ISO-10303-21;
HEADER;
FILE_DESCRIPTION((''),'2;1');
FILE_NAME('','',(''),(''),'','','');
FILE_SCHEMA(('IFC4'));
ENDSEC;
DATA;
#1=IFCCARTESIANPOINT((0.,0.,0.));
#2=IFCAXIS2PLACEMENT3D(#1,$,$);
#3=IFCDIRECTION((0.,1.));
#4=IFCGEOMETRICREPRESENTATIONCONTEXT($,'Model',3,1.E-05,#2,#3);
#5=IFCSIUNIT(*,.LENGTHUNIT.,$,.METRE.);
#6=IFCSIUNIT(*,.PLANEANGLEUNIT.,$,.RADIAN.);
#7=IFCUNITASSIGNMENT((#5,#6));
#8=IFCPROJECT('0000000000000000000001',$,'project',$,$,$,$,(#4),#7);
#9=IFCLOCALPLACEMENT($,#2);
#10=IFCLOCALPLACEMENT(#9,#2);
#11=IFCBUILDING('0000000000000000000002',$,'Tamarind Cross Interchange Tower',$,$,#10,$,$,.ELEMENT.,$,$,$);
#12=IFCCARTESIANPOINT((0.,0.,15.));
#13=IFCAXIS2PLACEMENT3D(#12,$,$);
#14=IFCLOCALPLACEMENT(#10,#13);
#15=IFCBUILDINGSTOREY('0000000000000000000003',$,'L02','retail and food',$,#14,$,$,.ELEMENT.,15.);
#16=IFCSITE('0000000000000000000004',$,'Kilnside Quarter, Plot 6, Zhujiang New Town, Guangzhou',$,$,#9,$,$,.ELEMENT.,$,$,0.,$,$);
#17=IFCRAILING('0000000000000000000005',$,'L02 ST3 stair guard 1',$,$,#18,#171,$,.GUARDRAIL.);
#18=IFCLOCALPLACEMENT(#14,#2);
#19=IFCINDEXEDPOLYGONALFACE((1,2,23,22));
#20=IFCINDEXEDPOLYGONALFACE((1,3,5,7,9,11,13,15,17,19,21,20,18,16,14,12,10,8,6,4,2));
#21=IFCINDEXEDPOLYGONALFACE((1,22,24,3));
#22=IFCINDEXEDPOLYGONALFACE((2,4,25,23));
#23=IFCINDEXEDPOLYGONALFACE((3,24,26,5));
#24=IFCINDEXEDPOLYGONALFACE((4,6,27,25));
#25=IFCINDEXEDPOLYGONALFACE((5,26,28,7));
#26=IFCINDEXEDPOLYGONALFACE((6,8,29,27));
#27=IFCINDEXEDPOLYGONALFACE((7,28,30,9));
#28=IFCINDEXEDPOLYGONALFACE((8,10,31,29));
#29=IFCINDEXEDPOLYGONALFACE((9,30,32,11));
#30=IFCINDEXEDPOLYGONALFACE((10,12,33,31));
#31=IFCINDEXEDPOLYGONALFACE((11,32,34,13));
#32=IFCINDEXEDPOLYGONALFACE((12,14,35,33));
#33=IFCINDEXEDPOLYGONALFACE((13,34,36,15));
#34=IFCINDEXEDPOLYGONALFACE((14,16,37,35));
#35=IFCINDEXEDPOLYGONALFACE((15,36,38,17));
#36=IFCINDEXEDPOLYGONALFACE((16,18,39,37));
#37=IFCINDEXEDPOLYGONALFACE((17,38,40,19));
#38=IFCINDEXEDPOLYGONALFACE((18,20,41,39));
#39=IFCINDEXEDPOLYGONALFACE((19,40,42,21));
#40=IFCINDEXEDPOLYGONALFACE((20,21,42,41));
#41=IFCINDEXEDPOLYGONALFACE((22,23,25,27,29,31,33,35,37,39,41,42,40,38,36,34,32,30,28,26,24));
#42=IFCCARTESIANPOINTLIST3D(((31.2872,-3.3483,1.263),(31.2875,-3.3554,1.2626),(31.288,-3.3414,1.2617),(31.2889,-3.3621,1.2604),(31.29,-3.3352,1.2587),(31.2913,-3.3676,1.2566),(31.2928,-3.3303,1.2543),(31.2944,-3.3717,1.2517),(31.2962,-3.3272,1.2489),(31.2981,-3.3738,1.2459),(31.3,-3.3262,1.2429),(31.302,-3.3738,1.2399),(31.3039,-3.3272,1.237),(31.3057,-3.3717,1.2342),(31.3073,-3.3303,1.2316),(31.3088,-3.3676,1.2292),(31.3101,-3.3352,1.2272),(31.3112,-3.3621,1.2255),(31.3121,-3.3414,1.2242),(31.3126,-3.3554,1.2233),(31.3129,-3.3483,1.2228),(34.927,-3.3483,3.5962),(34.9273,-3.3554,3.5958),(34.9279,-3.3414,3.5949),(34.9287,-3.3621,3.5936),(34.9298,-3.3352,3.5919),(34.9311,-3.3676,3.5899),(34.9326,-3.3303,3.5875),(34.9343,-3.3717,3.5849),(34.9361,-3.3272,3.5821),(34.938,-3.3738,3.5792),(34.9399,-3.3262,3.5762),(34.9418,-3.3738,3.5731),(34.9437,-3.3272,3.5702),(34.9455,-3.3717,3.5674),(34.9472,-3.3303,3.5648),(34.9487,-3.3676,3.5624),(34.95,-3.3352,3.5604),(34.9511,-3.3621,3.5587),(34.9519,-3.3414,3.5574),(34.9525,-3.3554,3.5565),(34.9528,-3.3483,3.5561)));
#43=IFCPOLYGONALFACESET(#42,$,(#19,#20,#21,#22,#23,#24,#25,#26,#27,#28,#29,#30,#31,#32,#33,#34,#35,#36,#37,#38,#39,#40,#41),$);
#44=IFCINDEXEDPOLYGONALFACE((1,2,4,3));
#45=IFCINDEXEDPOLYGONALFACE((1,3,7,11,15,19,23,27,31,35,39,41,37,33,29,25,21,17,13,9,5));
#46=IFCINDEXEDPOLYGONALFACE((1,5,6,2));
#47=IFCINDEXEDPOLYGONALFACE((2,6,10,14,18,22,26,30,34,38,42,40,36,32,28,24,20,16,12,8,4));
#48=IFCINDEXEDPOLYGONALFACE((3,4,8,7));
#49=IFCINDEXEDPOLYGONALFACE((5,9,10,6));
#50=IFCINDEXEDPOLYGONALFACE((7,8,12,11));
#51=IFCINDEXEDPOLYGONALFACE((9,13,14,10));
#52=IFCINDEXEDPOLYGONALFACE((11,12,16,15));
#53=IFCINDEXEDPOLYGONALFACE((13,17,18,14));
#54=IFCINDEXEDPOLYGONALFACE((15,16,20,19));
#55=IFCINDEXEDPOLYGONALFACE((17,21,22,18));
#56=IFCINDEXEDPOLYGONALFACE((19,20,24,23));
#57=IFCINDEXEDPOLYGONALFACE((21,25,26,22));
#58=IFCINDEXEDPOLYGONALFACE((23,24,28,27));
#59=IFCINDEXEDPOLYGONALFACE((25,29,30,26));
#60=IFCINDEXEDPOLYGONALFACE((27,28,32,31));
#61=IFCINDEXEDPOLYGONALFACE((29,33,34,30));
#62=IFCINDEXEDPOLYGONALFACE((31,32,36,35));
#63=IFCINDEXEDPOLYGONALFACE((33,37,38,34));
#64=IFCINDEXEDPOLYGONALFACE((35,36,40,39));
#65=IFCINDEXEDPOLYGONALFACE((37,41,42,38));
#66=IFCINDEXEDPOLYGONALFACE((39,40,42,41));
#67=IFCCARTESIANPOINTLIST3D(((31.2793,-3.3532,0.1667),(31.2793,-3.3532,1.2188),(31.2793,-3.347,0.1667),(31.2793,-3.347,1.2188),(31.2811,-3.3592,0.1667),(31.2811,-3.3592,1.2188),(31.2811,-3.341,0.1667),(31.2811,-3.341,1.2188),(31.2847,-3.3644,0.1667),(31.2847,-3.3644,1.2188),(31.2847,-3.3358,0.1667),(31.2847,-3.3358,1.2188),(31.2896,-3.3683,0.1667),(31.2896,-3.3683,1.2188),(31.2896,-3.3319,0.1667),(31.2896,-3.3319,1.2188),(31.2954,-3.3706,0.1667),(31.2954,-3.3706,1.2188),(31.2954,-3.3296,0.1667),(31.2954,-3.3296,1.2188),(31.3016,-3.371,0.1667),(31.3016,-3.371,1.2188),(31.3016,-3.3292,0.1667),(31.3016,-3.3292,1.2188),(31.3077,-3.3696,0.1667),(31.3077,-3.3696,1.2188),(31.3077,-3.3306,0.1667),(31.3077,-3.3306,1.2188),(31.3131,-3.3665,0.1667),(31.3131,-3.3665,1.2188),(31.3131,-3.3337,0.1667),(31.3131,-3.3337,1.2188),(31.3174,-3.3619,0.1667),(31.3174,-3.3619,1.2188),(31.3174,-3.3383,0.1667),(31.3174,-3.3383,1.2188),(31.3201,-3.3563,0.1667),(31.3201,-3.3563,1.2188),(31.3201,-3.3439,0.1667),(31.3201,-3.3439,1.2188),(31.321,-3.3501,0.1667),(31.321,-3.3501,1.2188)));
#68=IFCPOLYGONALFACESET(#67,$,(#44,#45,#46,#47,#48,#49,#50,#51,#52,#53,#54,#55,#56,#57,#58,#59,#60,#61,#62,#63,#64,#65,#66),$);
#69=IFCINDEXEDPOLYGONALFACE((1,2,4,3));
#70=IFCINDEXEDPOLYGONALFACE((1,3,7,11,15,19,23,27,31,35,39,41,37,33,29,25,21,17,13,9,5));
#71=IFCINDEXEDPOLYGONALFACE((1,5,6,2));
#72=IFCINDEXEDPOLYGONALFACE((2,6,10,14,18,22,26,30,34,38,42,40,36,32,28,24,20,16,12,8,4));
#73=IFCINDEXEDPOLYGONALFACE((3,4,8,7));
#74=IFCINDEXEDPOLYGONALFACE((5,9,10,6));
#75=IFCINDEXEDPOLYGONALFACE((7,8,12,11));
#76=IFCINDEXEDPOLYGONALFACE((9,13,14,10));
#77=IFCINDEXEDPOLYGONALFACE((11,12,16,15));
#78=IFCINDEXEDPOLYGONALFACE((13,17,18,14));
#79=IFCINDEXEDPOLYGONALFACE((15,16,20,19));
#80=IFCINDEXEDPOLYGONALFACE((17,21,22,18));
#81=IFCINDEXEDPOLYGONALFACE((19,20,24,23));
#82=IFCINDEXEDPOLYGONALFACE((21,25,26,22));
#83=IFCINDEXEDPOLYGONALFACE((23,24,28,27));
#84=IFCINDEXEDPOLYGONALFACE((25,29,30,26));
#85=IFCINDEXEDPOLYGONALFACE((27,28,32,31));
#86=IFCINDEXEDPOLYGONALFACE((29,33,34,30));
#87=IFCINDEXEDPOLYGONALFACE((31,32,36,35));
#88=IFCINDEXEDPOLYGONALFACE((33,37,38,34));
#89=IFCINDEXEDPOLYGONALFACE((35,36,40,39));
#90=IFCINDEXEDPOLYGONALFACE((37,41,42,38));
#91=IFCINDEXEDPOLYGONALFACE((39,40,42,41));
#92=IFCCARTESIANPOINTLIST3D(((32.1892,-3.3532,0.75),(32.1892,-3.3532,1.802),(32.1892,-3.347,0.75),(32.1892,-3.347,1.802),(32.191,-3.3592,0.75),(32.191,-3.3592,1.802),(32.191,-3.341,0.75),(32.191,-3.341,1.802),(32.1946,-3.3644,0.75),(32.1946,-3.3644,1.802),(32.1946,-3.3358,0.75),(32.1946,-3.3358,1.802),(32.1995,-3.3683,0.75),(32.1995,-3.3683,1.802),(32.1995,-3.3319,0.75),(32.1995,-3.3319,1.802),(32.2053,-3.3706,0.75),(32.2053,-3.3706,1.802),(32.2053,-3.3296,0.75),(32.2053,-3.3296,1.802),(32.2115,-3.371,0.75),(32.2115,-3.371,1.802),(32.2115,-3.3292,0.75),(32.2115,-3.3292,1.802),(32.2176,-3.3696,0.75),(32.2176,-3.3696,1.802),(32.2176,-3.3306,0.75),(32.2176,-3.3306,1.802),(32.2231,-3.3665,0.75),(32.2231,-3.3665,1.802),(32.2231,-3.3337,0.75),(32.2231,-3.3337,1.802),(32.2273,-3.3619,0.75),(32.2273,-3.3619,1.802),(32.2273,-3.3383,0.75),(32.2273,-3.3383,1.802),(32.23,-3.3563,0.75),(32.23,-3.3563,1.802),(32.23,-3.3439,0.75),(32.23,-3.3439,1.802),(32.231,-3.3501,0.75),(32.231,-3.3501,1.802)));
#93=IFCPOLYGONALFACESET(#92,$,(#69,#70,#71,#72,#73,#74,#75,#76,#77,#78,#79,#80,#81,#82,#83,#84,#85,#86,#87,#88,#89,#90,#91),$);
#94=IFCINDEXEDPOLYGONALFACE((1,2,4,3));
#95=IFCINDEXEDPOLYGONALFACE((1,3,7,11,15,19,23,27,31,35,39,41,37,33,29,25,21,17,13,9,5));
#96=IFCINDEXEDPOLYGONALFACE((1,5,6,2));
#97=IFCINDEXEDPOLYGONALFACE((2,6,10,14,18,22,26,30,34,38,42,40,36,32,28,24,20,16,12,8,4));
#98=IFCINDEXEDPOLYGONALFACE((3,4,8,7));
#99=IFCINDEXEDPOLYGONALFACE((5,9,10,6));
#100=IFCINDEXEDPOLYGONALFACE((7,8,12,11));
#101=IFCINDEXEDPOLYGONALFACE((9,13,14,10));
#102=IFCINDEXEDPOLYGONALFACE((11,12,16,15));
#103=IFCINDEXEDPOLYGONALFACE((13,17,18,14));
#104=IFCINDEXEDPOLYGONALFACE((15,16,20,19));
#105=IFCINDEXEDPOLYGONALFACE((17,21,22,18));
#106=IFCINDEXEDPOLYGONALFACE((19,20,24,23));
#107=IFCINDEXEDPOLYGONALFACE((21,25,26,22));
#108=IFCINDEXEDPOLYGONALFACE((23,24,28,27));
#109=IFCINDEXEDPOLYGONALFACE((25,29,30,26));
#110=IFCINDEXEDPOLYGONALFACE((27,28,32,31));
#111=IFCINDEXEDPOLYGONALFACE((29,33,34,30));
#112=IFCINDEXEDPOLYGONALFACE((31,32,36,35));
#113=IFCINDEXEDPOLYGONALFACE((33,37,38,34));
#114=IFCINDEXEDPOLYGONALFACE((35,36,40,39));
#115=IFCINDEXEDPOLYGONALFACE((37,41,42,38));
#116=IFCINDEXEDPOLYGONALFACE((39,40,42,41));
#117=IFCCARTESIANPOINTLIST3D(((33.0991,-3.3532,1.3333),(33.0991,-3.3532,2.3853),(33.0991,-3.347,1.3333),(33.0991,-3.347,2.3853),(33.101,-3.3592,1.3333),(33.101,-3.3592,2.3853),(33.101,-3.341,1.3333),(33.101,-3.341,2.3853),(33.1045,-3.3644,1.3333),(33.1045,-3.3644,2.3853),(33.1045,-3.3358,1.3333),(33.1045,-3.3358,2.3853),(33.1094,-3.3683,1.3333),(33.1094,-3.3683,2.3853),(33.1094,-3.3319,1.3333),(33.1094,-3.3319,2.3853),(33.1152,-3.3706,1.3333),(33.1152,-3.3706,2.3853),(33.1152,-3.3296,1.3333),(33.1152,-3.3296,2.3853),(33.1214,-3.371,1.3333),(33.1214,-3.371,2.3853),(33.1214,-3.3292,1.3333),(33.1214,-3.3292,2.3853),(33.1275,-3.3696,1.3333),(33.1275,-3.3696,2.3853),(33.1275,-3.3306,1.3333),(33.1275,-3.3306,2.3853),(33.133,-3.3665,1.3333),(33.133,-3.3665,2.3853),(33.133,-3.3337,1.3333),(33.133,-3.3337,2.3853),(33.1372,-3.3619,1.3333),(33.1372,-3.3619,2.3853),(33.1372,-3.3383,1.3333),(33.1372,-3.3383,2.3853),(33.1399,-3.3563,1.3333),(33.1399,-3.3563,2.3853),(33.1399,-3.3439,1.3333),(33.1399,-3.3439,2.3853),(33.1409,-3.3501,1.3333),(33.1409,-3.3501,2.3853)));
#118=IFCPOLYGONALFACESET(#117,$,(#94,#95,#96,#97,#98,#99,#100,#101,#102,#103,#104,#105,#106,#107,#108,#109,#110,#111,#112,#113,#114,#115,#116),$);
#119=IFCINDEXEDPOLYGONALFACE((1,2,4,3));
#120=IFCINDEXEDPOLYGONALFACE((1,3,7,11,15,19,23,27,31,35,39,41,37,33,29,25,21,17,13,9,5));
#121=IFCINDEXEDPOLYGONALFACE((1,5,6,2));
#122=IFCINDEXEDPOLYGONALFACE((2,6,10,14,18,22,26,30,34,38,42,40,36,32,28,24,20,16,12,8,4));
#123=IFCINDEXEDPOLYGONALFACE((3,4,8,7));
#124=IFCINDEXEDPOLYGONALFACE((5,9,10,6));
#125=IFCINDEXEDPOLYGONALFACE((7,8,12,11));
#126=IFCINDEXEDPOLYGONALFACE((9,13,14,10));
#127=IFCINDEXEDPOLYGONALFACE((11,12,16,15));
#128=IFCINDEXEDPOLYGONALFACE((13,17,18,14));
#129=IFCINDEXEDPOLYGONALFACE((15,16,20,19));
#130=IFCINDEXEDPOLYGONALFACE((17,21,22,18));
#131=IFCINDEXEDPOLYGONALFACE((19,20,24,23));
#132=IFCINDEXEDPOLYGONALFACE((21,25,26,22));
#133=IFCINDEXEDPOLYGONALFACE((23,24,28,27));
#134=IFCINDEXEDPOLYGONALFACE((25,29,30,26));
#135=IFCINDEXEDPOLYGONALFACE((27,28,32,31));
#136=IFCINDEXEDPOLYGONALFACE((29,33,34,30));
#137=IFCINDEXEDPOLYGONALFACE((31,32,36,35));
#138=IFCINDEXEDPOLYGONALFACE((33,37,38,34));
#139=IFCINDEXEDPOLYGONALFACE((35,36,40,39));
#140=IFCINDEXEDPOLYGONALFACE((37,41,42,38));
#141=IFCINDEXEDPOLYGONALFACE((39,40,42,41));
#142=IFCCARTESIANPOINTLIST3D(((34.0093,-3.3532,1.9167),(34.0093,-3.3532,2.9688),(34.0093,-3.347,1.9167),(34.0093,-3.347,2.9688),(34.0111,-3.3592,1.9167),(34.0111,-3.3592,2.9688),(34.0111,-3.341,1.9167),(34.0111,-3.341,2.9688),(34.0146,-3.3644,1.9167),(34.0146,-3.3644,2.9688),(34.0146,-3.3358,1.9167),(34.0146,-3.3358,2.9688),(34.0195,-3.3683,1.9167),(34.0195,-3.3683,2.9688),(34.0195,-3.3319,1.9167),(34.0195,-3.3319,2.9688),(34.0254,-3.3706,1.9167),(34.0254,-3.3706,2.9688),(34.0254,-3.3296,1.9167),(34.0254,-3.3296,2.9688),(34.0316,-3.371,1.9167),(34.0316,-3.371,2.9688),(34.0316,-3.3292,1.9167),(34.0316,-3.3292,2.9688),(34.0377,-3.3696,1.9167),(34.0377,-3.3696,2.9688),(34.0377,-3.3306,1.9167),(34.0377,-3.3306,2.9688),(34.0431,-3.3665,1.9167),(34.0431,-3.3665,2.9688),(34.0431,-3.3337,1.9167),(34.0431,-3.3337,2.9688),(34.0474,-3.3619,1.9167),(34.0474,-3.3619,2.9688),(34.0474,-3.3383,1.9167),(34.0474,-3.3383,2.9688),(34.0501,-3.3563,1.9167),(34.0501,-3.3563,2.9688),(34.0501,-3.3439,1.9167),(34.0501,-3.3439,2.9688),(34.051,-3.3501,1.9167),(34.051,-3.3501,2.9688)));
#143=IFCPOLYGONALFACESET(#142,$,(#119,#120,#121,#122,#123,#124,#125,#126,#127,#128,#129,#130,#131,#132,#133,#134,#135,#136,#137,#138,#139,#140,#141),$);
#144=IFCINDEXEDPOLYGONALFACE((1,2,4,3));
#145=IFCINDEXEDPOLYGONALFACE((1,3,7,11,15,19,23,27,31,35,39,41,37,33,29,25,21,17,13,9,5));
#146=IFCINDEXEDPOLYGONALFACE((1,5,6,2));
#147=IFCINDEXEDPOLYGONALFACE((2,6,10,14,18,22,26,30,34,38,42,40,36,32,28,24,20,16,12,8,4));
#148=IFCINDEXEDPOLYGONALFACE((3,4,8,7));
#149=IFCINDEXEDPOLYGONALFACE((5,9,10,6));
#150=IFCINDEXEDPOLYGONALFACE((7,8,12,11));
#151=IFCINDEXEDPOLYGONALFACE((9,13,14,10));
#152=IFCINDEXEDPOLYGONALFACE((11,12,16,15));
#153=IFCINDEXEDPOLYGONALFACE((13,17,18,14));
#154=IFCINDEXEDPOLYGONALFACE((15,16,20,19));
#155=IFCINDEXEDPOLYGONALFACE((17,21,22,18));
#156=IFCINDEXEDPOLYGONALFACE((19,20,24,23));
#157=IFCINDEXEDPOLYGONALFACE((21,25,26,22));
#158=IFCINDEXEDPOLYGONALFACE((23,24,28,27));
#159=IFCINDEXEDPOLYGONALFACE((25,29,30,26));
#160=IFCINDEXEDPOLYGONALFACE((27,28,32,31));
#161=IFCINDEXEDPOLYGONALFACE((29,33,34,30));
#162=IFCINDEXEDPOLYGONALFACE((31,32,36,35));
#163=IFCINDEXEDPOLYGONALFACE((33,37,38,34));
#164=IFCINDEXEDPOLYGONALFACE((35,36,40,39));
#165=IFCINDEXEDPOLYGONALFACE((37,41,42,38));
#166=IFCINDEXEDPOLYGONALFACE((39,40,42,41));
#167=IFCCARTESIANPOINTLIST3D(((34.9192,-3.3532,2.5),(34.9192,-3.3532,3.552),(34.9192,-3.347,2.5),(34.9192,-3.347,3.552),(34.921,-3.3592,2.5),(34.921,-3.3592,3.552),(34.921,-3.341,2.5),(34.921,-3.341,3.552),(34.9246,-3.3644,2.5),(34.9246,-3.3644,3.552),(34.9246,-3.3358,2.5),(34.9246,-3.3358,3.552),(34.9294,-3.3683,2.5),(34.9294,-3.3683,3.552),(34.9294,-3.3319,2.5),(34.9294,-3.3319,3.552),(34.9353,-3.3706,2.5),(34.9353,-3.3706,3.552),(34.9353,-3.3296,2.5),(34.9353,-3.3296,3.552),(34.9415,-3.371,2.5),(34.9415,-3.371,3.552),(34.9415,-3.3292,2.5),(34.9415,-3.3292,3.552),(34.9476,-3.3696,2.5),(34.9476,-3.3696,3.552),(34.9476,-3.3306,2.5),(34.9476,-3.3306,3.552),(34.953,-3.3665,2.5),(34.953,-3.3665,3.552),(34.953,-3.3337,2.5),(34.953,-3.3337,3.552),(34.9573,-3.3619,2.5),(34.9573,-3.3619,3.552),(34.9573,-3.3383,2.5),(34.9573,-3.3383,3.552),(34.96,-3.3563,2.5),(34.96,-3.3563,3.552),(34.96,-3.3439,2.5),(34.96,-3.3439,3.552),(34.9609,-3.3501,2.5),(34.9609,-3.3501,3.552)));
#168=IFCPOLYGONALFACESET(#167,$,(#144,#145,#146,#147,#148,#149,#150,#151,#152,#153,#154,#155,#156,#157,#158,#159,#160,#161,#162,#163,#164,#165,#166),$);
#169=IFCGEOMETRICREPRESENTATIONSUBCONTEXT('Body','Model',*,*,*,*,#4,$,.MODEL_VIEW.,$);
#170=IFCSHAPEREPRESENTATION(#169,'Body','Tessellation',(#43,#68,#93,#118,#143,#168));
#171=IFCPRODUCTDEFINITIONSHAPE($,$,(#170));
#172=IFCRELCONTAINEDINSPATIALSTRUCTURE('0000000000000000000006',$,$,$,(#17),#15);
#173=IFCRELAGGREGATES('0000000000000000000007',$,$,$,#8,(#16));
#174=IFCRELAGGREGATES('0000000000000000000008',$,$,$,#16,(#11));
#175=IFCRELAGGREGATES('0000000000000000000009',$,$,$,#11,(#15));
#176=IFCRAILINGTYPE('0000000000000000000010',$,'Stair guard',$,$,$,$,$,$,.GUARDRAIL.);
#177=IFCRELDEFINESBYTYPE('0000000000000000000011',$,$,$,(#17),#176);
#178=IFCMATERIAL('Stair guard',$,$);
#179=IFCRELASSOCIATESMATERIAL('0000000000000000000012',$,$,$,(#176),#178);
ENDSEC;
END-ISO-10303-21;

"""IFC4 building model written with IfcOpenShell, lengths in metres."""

from ifc_helpers import new_model, si_unit, direction, frame, origin, origin_2d, place, context, subcontext, project, spatial, circle, extrude, material, type_object, element, save


model = new_model("IFC4")

# Units and contexts
model_context = context("Model", 3, precision=1e-05, world=origin(), true_north=direction((0.0, 1.0)))
body_context = subcontext(model_context, "Body", "Model", "MODEL_VIEW")
ifc_project = project(units=[si_unit("LENGTHUNIT", "METRE"), si_unit("PLANEANGLEUNIT", "RADIAN")], contexts=[model_context])

# Site, building, storey
site_placement = place(None, origin())
site = spatial("IfcSite", under=ifc_project, at=site_placement, Name="Kilnside Quarter, Plot 6, Zhujiang New Town, Guangzhou", CompositionType="ELEMENT", RefElevation=0.0)
building_placement = place(site_placement, origin())
building = spatial("IfcBuilding", under=site, at=building_placement, Name="Tamarind Cross Interchange Tower", CompositionType="ELEMENT")
storey_placement = place(building_placement, frame((0.0, 0.0, 15.0)))
storey = spatial("IfcBuildingStorey", under=building, at=storey_placement, Name="L02", Description="retail and food", CompositionType="ELEMENT", Elevation=15.0)

# Railing
ifc_material_1 = material(Name="Stair guard")
railing_type_1 = type_object("IfcRailingType", Name="Stair guard", PredefinedType="GUARDRAIL", material=ifc_material_1)
railing_1_placement = place(storey_placement, frame((31.3, -3.3501, 0.1667)))
element("IfcRailing", 1, at=railing_1_placement, inside=storey, type_object=railing_type_1, Name="L02 ST3 stair guard 1", PredefinedType="GUARDRAIL", context=body_context, shape_type="SweptSolid", body=[
    extrude(circle(Radius=0.0239, at=origin_2d()), frame((0.0, 0.0, 1.0762), z_axis=(0.84188, 0.0, 0.539664), x_axis=(0.0, 1.0, 0.0)), (0.0, 0.0, 1.0), 4.3235),
    extrude(circle(Radius=0.021, at=origin_2d()), origin(), (0.0, 0.0, 1.0), 1.052),
    extrude(circle(Radius=0.021, at=origin_2d()), frame((0.9099, 0.0, 0.5833)), (0.0, 0.0, 1.0), 1.052),
    extrude(circle(Radius=0.021, at=origin_2d()), frame((1.8198, 0.0, 1.1665)), (0.0, 0.0, 1.0), 1.052),
    extrude(circle(Radius=0.021, at=origin_2d()), frame((2.73, 0.0, 1.75)), (0.0, 0.0, 1.0), 1.052),
    extrude(circle(Radius=0.021, at=origin_2d()), frame((3.6399, 0.0, 2.3333)), (0.0, 0.0, 1.0), 1.052),
])

save(model, "model.ifc")
